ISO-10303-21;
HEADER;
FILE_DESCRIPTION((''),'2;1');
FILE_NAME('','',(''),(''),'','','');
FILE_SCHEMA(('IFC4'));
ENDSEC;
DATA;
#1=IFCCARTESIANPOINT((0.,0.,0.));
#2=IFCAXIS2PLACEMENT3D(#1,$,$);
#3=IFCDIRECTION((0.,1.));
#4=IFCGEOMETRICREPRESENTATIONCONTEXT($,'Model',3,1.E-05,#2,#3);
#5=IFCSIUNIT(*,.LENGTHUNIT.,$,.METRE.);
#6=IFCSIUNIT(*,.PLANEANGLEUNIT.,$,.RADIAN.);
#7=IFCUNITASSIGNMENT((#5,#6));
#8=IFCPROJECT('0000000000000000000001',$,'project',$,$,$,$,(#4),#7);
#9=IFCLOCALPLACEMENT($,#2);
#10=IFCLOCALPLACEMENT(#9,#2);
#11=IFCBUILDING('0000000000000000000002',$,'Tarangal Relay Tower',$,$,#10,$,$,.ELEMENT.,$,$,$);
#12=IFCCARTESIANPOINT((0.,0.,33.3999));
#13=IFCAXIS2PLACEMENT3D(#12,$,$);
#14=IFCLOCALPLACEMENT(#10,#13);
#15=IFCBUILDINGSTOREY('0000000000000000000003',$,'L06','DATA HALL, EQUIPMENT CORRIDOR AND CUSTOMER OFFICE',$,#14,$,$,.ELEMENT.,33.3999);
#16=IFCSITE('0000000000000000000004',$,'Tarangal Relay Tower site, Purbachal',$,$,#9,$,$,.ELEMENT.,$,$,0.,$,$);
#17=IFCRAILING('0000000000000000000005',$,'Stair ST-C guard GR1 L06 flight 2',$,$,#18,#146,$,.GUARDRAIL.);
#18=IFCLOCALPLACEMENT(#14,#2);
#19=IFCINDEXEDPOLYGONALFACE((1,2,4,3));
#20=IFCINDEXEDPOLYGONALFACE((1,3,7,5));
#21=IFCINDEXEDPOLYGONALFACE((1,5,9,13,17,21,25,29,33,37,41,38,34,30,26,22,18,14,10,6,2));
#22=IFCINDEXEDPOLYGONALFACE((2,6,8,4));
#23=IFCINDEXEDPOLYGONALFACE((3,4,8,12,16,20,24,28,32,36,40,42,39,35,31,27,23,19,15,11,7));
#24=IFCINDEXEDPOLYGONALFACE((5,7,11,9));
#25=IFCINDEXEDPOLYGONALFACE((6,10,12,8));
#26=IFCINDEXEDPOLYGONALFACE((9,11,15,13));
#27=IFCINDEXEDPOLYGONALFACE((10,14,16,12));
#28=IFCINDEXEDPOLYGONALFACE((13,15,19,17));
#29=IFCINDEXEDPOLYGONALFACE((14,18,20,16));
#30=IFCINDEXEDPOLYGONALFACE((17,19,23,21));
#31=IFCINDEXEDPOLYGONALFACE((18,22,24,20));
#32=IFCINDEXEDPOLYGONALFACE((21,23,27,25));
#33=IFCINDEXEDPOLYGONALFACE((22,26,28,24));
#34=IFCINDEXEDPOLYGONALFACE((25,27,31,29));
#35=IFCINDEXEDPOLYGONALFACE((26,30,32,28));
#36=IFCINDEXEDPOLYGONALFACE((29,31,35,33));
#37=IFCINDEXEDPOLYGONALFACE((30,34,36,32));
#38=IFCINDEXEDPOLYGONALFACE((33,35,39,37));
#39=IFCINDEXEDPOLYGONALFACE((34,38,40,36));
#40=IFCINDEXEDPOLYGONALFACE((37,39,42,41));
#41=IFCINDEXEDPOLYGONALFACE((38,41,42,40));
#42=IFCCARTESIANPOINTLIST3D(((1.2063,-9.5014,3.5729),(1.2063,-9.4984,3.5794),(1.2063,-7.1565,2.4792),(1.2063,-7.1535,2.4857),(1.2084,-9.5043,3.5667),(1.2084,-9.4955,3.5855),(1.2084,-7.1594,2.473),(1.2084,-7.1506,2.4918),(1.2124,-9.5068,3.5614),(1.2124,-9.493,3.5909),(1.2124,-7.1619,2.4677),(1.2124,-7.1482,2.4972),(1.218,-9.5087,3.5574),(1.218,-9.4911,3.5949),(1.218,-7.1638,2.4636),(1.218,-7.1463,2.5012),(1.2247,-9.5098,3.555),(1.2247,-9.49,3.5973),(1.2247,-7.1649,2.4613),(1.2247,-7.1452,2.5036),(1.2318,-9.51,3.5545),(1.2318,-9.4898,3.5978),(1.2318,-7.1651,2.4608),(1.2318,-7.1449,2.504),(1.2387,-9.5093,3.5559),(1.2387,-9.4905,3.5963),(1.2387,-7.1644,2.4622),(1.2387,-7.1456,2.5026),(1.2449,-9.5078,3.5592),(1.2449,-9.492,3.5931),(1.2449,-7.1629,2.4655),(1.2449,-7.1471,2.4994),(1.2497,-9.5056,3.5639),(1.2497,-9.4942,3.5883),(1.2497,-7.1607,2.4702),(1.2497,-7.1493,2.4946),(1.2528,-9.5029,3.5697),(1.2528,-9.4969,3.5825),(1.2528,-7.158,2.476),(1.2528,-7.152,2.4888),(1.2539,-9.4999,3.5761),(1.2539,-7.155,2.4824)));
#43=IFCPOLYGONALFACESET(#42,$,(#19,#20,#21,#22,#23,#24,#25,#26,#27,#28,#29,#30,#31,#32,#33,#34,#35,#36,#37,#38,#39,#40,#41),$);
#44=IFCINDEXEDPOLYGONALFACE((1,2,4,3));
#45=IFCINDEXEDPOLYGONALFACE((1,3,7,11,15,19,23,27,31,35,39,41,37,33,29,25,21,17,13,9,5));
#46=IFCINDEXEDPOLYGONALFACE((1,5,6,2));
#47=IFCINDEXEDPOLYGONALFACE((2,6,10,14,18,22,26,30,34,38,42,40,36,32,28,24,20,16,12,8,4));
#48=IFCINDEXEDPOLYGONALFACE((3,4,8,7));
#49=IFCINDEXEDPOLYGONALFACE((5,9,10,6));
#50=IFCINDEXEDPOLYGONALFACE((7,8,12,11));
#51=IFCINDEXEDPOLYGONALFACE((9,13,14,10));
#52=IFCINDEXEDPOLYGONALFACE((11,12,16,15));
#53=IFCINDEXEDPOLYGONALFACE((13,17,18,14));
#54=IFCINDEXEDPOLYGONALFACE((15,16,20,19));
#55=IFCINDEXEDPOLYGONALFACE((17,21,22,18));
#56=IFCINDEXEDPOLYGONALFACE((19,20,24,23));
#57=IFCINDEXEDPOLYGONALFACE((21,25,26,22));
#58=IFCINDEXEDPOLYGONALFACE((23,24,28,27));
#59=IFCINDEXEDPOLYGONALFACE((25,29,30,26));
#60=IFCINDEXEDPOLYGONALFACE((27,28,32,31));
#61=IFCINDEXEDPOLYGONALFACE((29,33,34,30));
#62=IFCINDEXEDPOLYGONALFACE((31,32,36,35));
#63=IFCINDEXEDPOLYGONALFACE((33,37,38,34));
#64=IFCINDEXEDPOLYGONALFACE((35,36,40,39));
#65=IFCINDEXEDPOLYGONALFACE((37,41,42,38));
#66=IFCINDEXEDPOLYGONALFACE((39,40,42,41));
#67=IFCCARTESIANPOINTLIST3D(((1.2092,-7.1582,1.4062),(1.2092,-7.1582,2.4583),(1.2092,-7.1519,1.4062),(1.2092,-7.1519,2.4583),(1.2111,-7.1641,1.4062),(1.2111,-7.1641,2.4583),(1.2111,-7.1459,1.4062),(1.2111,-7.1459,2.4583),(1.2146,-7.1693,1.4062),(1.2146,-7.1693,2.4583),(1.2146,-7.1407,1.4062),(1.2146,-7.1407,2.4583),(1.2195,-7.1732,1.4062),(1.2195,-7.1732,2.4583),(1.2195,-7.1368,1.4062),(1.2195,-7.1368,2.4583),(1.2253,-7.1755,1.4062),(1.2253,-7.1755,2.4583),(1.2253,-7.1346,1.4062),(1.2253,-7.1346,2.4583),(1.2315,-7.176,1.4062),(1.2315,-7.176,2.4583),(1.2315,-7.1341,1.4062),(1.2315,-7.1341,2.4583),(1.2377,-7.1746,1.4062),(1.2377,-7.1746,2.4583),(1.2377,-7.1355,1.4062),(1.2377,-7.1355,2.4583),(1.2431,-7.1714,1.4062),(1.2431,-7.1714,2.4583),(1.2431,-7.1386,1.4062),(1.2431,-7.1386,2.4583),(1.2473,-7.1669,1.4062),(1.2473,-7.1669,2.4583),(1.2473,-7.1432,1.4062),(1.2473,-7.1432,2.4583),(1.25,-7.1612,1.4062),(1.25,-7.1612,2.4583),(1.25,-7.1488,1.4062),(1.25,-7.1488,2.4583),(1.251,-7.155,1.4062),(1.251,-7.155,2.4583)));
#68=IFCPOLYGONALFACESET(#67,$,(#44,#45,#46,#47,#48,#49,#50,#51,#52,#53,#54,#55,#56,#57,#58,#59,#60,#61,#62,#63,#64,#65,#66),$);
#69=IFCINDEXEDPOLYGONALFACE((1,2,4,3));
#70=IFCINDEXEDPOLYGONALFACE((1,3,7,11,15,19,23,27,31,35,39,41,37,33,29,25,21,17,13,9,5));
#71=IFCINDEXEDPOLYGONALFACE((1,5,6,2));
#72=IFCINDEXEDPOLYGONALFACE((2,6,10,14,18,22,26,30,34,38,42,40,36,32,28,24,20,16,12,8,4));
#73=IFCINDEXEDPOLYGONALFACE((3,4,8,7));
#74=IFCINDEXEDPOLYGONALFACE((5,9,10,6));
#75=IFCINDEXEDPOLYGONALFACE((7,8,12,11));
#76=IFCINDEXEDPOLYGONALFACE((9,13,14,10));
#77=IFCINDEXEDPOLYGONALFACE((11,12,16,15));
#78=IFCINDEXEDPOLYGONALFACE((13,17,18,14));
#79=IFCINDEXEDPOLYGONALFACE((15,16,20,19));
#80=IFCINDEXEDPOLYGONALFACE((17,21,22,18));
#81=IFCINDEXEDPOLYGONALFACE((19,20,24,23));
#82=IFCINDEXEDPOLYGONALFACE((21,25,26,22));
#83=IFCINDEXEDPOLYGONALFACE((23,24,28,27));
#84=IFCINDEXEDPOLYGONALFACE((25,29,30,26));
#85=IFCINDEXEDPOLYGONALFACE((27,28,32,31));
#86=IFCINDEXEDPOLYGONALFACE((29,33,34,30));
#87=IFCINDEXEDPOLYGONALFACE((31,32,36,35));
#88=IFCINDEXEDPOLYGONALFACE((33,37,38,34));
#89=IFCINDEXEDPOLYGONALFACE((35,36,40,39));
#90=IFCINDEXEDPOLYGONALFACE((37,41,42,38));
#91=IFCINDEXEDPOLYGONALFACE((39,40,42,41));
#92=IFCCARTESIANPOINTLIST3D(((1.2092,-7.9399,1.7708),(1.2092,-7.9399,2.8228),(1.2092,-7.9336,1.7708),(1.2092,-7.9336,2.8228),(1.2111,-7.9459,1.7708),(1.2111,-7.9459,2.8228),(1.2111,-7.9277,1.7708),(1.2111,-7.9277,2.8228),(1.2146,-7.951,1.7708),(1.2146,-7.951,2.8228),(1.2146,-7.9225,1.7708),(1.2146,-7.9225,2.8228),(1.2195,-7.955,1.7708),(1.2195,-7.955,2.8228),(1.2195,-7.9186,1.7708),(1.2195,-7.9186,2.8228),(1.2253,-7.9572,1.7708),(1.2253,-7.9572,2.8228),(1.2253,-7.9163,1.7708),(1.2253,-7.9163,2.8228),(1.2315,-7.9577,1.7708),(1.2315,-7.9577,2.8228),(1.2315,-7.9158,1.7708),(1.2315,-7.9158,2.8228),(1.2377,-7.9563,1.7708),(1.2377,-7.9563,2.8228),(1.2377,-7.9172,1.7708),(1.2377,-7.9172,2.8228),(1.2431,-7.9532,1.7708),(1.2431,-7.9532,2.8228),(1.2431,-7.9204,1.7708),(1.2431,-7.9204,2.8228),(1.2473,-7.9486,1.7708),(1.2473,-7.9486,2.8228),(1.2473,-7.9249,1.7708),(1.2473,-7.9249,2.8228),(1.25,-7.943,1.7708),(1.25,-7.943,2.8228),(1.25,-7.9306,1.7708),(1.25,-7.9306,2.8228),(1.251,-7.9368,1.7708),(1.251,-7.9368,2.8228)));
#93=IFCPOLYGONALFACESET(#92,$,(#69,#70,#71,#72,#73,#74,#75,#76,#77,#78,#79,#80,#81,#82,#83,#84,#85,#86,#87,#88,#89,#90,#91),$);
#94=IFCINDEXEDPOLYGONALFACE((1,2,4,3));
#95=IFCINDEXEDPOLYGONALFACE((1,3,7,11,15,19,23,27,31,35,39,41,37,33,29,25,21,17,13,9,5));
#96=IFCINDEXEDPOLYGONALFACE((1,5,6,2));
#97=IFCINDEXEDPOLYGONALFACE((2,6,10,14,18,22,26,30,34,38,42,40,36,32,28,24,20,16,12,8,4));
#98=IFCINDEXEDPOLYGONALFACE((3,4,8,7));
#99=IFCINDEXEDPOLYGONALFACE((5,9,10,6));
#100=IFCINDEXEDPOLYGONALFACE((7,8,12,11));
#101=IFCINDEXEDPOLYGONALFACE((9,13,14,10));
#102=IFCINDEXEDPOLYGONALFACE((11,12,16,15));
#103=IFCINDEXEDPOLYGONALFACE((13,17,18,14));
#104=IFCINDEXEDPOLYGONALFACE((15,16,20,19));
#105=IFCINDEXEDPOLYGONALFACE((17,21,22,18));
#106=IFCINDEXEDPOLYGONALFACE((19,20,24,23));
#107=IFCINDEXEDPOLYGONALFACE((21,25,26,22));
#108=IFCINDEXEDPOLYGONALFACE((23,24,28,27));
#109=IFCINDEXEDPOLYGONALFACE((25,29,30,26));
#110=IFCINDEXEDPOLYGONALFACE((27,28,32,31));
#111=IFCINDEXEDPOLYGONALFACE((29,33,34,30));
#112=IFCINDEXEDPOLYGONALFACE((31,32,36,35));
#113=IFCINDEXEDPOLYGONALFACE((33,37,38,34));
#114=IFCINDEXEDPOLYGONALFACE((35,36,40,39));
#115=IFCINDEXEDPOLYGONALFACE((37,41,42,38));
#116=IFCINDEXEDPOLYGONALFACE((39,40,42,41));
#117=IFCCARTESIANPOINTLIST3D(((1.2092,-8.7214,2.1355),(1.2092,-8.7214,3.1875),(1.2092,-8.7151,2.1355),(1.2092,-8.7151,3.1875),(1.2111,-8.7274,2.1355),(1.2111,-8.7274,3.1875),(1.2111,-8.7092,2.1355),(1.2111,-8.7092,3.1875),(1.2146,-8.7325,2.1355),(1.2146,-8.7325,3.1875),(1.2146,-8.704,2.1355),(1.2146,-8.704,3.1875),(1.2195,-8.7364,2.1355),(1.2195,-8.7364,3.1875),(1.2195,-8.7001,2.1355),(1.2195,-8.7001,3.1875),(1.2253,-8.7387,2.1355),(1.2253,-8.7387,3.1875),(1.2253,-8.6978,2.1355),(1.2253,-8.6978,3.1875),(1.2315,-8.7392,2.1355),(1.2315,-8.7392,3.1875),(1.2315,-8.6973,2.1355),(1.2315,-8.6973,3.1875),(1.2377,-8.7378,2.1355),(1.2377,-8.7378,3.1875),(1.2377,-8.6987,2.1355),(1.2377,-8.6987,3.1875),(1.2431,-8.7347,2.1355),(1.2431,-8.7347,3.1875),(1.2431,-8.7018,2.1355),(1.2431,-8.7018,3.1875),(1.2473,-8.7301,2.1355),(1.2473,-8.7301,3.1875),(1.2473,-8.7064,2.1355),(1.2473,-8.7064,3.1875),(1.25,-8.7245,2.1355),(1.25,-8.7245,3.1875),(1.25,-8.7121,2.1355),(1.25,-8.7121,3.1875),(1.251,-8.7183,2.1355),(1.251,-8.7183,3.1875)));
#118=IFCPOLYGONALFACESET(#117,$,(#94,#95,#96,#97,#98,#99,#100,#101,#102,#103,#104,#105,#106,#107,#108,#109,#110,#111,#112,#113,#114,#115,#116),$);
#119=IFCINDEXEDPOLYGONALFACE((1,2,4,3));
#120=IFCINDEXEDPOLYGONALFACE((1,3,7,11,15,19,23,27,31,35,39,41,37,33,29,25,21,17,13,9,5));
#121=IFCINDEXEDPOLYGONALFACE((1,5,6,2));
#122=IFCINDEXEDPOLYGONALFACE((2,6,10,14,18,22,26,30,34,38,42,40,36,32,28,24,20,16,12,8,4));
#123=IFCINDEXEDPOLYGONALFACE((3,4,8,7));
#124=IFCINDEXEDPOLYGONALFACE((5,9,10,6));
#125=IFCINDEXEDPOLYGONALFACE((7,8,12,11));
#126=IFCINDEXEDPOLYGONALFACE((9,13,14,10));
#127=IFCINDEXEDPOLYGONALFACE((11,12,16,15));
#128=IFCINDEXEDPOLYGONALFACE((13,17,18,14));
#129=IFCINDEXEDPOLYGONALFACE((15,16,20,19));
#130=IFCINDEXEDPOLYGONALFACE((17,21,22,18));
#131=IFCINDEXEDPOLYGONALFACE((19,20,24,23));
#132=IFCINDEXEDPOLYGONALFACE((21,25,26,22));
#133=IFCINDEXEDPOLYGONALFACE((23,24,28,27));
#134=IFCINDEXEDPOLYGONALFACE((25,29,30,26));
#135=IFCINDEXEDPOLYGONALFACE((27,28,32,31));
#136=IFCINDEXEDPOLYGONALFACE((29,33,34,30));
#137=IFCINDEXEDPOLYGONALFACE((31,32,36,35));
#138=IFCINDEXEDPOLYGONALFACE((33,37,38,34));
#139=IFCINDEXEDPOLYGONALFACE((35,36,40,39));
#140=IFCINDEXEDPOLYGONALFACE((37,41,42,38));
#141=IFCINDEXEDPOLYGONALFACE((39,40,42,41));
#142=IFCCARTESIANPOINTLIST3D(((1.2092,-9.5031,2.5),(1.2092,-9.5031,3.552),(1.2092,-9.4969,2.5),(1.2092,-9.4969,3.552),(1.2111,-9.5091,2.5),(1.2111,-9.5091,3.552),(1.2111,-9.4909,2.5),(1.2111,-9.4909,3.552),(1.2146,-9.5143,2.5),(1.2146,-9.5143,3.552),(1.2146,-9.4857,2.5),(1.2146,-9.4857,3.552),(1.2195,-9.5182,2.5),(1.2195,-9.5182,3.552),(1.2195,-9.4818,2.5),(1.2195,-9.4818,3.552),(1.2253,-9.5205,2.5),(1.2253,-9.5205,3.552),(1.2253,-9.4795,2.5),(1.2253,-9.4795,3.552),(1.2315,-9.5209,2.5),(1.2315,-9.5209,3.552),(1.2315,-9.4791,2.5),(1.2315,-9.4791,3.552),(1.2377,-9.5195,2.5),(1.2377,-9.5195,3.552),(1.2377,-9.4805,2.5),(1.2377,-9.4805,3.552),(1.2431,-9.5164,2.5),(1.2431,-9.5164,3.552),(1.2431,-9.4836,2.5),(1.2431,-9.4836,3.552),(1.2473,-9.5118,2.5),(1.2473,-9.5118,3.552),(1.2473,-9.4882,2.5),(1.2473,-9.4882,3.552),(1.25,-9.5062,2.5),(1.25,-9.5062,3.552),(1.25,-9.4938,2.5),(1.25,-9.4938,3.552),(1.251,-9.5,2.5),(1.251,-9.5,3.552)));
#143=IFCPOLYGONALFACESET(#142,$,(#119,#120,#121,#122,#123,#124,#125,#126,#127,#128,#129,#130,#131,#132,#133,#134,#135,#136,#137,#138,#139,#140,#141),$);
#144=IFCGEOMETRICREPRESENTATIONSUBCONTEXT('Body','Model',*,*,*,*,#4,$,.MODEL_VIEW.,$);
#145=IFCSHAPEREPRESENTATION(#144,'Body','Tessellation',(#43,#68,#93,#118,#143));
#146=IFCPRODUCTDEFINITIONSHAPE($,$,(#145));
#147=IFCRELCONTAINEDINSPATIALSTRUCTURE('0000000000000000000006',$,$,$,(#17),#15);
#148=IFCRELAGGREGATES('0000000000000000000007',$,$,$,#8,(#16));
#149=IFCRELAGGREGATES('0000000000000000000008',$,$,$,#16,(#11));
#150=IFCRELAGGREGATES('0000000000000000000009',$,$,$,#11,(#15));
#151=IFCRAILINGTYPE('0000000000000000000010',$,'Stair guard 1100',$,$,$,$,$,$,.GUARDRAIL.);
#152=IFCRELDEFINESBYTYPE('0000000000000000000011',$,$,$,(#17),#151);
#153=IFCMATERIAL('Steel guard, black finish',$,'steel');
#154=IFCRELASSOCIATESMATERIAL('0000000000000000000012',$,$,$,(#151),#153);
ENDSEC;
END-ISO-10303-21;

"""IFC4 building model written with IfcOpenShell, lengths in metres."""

from ifc_helpers import new_model, si_unit, direction, frame, origin, origin_2d, place, context, subcontext, project, spatial, circle, extrude, material, type_object, element, save


model = new_model("IFC4")

# Units and contexts
model_context = context("Model", 3, precision=1e-05, world=origin(), true_north=direction((0.0, 1.0)))
body_context = subcontext(model_context, "Body", "Model", "MODEL_VIEW")
ifc_project = project(units=[si_unit("LENGTHUNIT", "METRE"), si_unit("PLANEANGLEUNIT", "RADIAN")], contexts=[model_context])

# Site, building, storey
site_placement = place(None, origin())
site = spatial("IfcSite", under=ifc_project, at=site_placement, Name="Tarangal Relay Tower site, Purbachal", CompositionType="ELEMENT", RefElevation=0.0)
building_placement = place(site_placement, origin())
building = spatial("IfcBuilding", under=site, at=building_placement, Name="Tarangal Relay Tower", CompositionType="ELEMENT")
storey_placement = place(building_placement, frame((0.0, 0.0, 33.3999)))
storey = spatial("IfcBuildingStorey", under=building, at=storey_placement, Name="L06", Description="DATA HALL, EQUIPMENT CORRIDOR AND CUSTOMER OFFICE", CompositionType="ELEMENT", Elevation=33.3999)

# Railing
ifc_material_1 = material(Name="Steel guard, black finish", Category="steel")
railing_type_1 = type_object("IfcRailingType", Name="Stair guard 1100", PredefinedType="GUARDRAIL", material=ifc_material_1)
for number, where, name in (
    (1, (1.23, -7.155, 1.4062), "Stair ST-C guard GR1 L06 flight 2"),
):
    element("IfcRailing", number, at=place(storey_placement, frame(where)), inside=storey, type_object=railing_type_1, Name=name, PredefinedType="GUARDRAIL", context=body_context, shape_type="SweptSolid", body=[
        extrude(circle(Radius=0.0239, at=origin_2d()), frame((0.0, 0.0, 1.0762), z_axis=(0.0, -0.906267, 0.422705), x_axis=(1.0, 0.0, 0.0)), (0.0, 0.0, 1.0), 2.5874),
        extrude(circle(Radius=0.021, at=origin_2d()), origin(), (0.0, 0.0, 1.0), 1.052),
        extrude(circle(Radius=0.021, at=origin_2d()), frame((0.0, -0.7817, 0.3645)), (0.0, 0.0, 1.0), 1.052),
        extrude(circle(Radius=0.021, at=origin_2d()), frame((0.0, -1.5632, 0.7292)), (0.0, 0.0, 1.0), 1.052),
        extrude(circle(Radius=0.021, at=origin_2d()), frame((0.0, -2.345, 1.0938)), (0.0, 0.0, 1.0), 1.052),
    ])

save(model, "model.ifc")
